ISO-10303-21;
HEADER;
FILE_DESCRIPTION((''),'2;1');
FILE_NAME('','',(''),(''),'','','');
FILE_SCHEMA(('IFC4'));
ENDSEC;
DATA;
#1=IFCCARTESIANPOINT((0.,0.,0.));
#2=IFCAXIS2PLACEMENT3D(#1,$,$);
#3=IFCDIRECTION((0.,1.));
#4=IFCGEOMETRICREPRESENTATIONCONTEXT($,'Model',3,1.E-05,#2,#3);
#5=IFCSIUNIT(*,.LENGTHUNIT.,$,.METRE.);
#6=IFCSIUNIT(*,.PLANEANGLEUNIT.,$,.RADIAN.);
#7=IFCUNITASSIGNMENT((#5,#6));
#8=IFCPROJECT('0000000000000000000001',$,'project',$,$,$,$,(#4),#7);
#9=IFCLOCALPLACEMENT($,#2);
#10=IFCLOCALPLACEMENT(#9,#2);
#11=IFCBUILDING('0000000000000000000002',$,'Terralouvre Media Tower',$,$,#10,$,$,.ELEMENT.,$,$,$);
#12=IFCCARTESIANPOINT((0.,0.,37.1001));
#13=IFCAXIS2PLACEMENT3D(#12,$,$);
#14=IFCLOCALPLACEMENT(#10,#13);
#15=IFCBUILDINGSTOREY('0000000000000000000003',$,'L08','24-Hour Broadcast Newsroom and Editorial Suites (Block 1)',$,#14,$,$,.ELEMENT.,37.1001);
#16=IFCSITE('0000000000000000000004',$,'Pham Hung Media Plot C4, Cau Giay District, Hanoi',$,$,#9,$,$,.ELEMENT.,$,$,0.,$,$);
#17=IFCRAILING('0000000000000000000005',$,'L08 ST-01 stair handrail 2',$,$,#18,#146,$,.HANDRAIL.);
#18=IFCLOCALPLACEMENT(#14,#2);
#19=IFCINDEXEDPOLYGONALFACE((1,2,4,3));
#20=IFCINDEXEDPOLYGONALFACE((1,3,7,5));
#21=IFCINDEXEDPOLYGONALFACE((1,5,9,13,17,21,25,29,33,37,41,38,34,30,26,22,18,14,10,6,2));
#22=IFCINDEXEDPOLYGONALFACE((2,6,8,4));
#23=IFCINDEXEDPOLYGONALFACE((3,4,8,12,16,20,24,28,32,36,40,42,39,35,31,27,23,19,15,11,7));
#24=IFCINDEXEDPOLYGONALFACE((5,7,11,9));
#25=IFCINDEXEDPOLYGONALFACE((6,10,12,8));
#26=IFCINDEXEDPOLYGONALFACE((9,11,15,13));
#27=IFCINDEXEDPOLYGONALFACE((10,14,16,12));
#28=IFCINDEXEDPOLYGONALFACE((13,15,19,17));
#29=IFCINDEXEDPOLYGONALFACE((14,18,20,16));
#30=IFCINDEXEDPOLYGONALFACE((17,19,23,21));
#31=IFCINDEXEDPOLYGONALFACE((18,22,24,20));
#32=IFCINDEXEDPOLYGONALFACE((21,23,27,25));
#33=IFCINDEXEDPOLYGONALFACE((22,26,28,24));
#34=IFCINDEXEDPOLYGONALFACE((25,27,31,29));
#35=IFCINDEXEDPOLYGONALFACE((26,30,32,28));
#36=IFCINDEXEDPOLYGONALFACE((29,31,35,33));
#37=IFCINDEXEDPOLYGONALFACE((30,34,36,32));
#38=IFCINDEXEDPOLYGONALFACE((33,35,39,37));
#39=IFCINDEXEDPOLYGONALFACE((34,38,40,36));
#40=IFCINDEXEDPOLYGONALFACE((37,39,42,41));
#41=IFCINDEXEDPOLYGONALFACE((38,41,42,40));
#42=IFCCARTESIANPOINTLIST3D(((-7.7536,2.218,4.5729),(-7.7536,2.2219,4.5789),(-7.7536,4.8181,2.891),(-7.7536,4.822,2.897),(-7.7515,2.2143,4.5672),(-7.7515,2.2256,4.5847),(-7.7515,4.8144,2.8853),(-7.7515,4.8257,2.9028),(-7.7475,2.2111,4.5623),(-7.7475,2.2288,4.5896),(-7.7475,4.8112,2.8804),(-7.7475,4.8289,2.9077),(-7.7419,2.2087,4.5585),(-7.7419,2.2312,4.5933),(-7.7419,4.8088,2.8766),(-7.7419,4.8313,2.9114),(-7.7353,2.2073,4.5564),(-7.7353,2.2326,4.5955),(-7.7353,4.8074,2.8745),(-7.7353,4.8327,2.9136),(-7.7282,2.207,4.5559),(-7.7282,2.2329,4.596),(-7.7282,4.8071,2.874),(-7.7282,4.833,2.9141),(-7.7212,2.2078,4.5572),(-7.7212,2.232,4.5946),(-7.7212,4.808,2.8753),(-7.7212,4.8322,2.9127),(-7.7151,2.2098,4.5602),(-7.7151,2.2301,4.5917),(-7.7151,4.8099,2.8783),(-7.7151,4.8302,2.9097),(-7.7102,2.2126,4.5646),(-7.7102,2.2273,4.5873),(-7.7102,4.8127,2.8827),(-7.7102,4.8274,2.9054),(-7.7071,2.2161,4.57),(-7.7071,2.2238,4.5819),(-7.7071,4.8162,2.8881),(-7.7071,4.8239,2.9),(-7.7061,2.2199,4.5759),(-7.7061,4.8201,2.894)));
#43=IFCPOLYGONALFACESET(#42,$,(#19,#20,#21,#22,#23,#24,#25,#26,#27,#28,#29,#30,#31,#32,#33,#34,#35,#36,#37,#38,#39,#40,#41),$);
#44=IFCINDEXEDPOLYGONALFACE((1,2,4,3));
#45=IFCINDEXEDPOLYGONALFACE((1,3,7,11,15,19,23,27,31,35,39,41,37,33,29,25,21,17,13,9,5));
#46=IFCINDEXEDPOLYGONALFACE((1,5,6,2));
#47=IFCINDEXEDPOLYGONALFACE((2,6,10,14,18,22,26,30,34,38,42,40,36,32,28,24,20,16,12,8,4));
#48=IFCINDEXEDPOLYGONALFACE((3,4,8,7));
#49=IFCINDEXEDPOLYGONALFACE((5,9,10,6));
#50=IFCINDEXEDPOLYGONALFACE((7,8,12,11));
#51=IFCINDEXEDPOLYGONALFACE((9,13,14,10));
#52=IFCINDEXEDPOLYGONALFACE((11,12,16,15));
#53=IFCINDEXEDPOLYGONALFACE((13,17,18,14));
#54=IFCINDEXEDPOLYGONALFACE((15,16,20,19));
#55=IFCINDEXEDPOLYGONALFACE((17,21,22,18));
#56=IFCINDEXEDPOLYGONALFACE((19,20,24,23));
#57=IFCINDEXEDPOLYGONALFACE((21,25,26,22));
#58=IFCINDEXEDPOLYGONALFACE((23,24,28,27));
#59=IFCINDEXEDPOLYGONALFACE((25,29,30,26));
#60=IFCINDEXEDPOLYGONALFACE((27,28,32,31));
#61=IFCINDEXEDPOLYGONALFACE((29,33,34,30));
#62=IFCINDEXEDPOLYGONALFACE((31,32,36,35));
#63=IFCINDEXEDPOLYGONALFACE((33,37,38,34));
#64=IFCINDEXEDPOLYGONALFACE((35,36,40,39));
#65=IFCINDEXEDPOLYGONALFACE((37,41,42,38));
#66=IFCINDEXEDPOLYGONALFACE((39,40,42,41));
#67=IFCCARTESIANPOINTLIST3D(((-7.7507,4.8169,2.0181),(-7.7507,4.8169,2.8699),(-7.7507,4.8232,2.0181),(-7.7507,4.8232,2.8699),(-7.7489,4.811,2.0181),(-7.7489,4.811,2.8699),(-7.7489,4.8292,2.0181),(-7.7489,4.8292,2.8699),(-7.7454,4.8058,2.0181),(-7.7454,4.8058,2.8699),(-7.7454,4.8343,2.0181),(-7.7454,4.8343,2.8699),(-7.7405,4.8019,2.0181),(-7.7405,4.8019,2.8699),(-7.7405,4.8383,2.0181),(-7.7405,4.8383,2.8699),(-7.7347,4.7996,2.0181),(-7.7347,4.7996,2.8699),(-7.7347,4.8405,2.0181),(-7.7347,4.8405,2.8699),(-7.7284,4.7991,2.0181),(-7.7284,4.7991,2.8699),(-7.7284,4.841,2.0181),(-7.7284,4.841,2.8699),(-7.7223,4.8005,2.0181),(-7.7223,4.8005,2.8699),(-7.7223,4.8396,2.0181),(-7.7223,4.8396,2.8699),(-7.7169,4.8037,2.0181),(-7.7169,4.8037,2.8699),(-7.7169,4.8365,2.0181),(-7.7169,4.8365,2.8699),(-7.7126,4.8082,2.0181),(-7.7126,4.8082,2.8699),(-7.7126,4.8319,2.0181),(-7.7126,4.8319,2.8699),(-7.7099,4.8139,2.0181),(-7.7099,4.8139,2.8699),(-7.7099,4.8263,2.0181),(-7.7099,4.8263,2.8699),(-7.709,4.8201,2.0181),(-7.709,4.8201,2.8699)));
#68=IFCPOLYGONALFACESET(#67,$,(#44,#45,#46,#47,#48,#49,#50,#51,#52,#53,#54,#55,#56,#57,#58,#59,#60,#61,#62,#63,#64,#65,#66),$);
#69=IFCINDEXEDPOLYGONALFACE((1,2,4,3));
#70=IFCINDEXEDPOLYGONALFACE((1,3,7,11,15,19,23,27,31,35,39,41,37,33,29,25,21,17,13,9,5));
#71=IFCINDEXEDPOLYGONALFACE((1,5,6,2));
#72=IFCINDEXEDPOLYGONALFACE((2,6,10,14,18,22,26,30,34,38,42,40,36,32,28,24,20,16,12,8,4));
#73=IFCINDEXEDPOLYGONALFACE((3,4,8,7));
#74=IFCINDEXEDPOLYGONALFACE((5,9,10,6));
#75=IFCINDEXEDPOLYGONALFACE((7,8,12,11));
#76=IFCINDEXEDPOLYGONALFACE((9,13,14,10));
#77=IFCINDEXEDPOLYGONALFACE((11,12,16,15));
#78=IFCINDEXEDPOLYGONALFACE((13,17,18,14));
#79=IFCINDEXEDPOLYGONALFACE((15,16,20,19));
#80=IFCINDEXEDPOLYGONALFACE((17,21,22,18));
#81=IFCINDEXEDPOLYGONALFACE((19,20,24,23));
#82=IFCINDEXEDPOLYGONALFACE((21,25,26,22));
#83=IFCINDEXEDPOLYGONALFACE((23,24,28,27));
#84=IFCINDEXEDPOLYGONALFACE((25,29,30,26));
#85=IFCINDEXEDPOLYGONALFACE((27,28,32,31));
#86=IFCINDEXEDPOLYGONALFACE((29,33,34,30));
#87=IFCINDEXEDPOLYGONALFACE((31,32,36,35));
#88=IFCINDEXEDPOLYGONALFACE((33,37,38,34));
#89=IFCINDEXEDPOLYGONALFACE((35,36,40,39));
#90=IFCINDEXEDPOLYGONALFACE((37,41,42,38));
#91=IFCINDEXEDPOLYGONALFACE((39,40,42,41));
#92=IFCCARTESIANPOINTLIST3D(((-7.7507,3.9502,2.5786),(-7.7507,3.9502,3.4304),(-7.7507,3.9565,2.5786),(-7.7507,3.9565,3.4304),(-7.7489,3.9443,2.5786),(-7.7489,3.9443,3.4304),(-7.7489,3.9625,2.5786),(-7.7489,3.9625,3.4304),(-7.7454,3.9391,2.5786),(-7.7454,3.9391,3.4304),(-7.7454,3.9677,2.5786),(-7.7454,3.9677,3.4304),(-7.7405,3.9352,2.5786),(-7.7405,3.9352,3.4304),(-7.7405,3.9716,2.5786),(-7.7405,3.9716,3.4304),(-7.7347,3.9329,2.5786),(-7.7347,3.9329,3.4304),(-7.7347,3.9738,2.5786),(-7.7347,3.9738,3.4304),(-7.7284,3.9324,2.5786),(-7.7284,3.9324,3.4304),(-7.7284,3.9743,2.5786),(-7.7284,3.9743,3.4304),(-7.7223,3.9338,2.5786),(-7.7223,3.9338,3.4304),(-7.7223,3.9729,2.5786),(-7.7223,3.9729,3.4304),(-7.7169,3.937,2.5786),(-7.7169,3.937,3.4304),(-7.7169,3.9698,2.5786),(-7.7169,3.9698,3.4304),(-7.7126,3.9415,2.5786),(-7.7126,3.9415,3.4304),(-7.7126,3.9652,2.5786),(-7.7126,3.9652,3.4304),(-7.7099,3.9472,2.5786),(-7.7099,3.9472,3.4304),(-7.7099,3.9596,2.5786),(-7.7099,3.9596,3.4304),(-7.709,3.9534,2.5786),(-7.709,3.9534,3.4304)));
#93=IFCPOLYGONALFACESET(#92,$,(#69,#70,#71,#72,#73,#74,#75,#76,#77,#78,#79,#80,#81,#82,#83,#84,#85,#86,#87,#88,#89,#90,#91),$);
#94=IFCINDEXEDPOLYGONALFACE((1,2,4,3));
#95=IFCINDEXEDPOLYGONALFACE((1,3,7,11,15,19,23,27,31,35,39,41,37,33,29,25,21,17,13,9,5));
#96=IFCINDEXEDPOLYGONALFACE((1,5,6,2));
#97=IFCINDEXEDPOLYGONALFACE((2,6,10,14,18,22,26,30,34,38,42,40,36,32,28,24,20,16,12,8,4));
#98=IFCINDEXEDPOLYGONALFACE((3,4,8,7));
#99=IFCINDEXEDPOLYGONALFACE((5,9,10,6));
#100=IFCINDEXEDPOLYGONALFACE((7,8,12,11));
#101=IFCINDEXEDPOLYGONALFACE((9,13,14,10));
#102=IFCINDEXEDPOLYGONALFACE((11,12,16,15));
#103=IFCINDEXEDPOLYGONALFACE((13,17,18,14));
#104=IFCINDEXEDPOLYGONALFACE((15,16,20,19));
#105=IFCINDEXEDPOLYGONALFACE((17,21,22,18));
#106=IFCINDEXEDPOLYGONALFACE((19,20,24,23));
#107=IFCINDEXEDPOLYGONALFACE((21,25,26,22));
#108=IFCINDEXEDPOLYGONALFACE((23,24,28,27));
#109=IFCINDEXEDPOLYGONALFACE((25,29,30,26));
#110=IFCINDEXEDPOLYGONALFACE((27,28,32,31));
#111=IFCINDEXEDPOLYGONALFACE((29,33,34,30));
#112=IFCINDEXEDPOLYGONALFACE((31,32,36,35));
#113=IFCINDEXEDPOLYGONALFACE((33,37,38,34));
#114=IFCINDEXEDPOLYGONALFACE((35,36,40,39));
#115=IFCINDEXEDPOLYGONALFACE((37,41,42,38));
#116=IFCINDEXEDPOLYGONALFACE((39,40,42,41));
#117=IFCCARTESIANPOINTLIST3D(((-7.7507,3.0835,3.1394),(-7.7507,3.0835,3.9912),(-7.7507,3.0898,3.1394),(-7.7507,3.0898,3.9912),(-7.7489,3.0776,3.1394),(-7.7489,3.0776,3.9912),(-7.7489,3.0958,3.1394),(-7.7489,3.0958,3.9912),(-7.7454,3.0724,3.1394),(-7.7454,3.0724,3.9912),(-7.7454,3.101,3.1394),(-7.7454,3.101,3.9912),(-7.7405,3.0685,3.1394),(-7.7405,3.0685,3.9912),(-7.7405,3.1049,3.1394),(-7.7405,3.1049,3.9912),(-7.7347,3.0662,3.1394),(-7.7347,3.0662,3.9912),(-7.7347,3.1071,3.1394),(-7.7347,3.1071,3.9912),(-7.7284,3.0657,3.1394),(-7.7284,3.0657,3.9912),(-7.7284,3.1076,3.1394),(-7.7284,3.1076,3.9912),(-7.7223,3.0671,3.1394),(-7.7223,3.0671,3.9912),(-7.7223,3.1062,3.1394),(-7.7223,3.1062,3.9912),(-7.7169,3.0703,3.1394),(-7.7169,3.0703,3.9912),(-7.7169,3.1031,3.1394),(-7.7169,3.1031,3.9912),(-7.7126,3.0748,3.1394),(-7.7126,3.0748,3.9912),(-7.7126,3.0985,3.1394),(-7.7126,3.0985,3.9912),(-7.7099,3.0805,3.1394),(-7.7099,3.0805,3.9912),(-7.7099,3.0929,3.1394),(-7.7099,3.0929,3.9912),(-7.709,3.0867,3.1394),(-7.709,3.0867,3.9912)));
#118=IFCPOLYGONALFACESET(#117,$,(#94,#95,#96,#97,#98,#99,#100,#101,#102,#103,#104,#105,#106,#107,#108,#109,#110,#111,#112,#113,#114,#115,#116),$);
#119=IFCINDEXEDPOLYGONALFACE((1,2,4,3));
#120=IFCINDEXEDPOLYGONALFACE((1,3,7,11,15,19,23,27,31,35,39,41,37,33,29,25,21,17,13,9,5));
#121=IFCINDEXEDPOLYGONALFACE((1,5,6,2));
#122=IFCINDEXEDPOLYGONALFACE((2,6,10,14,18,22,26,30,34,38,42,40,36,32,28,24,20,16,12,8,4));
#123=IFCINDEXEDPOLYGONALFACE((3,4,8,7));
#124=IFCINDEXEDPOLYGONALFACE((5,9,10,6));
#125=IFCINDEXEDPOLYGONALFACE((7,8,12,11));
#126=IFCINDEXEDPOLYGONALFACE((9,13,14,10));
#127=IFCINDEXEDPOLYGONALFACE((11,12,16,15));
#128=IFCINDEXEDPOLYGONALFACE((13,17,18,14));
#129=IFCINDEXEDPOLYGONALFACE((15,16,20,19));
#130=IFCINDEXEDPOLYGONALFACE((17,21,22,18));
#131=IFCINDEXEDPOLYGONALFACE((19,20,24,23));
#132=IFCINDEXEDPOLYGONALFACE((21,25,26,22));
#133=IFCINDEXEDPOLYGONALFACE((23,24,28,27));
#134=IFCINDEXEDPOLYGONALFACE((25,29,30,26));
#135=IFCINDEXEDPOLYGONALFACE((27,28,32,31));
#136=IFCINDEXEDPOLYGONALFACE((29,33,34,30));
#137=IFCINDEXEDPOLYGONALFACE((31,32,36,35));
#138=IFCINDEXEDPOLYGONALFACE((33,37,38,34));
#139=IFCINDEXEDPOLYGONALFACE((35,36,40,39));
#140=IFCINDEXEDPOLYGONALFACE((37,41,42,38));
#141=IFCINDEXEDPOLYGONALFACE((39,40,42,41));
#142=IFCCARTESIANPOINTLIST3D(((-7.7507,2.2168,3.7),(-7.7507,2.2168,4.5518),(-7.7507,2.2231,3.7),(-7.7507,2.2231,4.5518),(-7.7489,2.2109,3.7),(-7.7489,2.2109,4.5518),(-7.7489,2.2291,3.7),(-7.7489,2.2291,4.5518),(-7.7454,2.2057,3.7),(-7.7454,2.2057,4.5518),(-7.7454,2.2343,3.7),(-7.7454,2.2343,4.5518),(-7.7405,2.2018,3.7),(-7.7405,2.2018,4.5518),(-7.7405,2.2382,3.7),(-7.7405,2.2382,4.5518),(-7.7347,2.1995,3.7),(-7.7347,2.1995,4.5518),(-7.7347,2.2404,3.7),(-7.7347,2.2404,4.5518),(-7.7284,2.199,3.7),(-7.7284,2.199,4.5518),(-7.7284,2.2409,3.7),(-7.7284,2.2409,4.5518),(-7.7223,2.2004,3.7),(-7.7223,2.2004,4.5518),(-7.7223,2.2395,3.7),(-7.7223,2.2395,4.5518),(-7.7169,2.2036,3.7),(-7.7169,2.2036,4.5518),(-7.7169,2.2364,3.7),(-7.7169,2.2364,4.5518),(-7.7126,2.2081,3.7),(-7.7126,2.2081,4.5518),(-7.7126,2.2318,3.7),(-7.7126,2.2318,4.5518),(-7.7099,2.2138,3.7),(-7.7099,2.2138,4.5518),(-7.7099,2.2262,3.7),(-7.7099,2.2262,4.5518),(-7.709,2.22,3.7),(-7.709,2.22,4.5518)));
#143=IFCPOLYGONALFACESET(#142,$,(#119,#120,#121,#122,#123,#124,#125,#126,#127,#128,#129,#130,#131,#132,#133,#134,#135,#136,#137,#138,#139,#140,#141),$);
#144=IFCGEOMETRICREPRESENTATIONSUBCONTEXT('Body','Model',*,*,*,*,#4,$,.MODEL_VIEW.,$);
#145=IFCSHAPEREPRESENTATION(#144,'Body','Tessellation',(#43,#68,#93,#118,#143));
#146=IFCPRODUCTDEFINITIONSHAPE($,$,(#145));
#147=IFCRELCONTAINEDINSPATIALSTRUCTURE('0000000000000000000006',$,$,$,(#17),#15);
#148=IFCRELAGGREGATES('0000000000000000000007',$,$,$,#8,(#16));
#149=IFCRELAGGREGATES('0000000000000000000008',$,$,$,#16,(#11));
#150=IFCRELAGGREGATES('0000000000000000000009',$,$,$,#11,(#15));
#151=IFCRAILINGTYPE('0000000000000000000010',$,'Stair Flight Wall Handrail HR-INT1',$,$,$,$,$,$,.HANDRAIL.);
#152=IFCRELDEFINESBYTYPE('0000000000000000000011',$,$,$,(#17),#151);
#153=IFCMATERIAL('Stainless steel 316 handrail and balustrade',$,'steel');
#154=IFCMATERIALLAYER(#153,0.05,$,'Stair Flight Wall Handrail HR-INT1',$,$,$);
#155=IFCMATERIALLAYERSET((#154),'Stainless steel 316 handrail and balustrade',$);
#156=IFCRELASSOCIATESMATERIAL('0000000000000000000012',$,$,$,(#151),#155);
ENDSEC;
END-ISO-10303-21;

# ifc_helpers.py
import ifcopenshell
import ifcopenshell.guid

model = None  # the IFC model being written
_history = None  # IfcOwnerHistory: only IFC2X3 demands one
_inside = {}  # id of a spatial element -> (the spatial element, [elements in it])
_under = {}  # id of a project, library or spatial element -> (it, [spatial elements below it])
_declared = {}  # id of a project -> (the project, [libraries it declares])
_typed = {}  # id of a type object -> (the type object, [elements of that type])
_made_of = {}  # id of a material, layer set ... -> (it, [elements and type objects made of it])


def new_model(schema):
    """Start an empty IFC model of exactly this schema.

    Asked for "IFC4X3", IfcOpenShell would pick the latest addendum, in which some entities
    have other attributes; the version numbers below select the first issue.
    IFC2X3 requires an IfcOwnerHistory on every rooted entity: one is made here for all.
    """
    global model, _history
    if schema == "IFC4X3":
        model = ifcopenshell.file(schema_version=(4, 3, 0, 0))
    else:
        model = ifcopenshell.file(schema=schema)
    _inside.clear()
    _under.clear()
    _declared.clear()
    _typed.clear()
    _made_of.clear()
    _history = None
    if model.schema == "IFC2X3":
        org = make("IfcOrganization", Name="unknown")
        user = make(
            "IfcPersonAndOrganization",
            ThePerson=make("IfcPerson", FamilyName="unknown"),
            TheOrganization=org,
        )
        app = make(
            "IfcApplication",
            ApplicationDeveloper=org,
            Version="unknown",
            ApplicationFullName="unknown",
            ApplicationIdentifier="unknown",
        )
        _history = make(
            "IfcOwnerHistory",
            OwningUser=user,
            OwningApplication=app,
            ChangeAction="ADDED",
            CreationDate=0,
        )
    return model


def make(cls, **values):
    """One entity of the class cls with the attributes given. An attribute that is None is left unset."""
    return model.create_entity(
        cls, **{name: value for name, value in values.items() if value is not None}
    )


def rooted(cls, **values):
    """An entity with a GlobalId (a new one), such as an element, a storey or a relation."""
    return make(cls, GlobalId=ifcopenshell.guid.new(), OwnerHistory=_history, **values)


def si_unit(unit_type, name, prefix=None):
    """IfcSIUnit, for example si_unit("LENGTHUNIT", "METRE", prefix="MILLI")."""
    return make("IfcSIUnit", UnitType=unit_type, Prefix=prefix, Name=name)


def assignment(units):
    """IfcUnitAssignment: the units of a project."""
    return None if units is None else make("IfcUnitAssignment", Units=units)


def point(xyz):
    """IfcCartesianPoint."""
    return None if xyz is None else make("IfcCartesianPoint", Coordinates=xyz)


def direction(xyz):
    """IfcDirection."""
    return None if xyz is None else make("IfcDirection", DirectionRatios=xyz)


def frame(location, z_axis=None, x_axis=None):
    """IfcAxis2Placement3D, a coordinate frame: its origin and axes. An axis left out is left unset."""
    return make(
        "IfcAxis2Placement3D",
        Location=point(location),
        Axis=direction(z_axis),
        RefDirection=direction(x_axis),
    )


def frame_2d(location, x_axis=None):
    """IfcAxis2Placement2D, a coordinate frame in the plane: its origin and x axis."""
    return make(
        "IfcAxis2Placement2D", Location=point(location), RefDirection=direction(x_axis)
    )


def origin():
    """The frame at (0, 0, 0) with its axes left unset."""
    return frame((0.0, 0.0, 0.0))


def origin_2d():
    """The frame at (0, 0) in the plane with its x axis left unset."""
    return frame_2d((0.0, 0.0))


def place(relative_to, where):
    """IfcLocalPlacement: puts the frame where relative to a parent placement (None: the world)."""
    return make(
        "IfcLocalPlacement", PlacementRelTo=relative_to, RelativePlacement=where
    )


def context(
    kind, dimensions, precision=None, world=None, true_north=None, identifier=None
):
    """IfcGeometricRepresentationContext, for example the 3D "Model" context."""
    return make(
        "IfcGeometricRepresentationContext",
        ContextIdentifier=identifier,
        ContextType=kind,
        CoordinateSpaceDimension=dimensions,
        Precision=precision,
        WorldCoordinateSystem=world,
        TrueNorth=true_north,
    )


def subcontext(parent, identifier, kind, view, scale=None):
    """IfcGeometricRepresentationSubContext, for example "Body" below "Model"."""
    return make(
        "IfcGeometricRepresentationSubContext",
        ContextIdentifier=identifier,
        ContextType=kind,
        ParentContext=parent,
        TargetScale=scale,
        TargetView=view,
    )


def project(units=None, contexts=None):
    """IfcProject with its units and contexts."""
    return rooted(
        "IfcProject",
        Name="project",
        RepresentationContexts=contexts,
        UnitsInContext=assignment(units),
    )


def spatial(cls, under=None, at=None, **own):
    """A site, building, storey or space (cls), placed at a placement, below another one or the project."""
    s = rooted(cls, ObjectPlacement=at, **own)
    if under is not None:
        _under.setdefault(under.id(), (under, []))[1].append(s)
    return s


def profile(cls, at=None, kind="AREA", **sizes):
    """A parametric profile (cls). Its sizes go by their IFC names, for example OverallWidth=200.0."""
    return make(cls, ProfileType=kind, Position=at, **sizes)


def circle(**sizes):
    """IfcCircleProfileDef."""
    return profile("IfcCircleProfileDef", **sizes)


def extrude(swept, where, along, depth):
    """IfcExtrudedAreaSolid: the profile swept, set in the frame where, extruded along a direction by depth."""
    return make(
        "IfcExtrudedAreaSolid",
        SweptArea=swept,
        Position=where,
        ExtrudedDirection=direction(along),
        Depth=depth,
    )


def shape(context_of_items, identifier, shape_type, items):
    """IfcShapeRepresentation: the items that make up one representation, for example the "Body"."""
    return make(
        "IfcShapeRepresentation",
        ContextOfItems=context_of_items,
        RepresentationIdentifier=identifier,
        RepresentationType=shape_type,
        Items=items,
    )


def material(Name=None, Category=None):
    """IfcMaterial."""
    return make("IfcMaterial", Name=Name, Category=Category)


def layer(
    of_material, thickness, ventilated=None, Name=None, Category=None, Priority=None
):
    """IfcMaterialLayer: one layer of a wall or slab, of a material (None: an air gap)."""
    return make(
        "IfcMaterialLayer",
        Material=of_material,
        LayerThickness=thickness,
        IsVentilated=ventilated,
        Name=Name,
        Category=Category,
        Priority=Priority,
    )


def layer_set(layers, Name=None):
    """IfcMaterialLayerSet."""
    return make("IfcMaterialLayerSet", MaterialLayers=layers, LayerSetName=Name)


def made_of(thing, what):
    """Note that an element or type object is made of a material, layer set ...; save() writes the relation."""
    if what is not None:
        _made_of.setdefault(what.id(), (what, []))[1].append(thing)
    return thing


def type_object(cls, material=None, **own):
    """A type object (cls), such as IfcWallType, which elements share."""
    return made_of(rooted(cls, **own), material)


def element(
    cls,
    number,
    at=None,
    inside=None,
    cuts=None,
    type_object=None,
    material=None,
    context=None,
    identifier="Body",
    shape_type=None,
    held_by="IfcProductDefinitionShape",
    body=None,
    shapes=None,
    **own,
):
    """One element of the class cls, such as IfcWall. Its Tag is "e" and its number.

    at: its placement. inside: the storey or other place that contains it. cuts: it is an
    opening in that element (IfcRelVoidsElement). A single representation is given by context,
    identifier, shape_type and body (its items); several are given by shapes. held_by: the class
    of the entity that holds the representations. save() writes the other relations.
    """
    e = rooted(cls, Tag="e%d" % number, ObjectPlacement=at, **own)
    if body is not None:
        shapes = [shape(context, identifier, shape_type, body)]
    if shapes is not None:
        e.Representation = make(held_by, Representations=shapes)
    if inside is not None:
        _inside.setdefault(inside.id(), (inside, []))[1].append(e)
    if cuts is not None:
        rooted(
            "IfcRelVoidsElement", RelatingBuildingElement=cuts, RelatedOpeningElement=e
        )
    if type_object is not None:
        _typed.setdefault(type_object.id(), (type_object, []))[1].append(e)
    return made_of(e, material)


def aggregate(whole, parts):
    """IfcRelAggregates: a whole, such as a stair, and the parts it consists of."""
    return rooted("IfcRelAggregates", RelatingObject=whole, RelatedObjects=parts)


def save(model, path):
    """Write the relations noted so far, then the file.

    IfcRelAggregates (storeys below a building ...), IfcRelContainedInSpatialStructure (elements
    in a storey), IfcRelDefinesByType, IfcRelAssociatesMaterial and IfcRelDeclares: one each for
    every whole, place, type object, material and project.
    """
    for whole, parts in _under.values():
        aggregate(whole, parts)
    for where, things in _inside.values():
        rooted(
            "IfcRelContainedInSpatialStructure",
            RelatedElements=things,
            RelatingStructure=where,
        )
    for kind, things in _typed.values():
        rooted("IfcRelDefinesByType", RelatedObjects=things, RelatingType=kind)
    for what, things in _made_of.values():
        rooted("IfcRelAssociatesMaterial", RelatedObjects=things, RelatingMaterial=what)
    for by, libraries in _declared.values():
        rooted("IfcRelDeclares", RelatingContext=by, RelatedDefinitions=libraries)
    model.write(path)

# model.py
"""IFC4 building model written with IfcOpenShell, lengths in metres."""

from ifc_helpers import new_model, si_unit, direction, frame, origin, origin_2d, place, context, subcontext, project, spatial, circle, extrude, material, layer, layer_set, type_object, element, save


model = new_model("IFC4")

# Units and contexts
model_context = context("Model", 3, precision=1e-05, world=origin(), true_north=direction((0.0, 1.0)))
body_context = subcontext(model_context, "Body", "Model", "MODEL_VIEW")
ifc_project = project(units=[si_unit("LENGTHUNIT", "METRE"), si_unit("PLANEANGLEUNIT", "RADIAN")], contexts=[model_context])

# Site, building, storey
site_placement = place(None, origin())
site = spatial("IfcSite", under=ifc_project, at=site_placement, Name="Pham Hung Media Plot C4, Cau Giay District, Hanoi", CompositionType="ELEMENT", RefElevation=0.0)
building_placement = place(site_placement, origin())
building = spatial("IfcBuilding", under=site, at=building_placement, Name="Terralouvre Media Tower", CompositionType="ELEMENT")
storey_placement = place(building_placement, frame((0.0, 0.0, 37.1001)))
storey = spatial("IfcBuildingStorey", under=building, at=storey_placement, Name="L08", Description="24-Hour Broadcast Newsroom and Editorial Suites (Block 1)", CompositionType="ELEMENT", Elevation=37.1001)

# Railing
ifc_material_1 = material(Name="Stainless steel 316 handrail and balustrade", Category="steel")
ifc_layer_1 = layer(ifc_material_1, 0.05, Name="Stair Flight Wall Handrail HR-INT1")
ifc_layer_set_1 = layer_set([ifc_layer_1], Name="Stainless steel 316 handrail and balustrade")
railing_type_1 = type_object("IfcRailingType", Name="Stair Flight Wall Handrail HR-INT1", PredefinedType="HANDRAIL", material=ifc_layer_set_1)
railing_1_placement = place(storey_placement, frame((-7.73, 4.8201, 2.0181)))
element("IfcRailing", 1, at=railing_1_placement, inside=storey, type_object=railing_type_1, Name="L08 ST-01 stair handrail 2", PredefinedType="HANDRAIL", context=body_context, shape_type="SweptSolid", body=[
    extrude(circle(Radius=0.0239, at=origin_2d()), frame((0.0, 0.0, 0.876), z_axis=(0.0, -0.839648, 0.54313), x_axis=(1.0, 0.0, 0.0)), (0.0, 0.0, 1.0), 3.0967),
    extrude(circle(Radius=0.021, at=origin_2d()), origin(), (0.0, 0.0, 1.0), 0.8518),
    extrude(circle(Radius=0.021, at=origin_2d()), frame((0.0, -0.8667, 0.5605)), (0.0, 0.0, 1.0), 0.8518),
    extrude(circle(Radius=0.021, at=origin_2d()), frame((0.0, -1.7334, 1.1213)), (0.0, 0.0, 1.0), 0.8518),
    extrude(circle(Radius=0.021, at=origin_2d()), frame((0.0, -2.6001, 1.6819)), (0.0, 0.0, 1.0), 0.8518),
])

save(model, "model.ifc")
